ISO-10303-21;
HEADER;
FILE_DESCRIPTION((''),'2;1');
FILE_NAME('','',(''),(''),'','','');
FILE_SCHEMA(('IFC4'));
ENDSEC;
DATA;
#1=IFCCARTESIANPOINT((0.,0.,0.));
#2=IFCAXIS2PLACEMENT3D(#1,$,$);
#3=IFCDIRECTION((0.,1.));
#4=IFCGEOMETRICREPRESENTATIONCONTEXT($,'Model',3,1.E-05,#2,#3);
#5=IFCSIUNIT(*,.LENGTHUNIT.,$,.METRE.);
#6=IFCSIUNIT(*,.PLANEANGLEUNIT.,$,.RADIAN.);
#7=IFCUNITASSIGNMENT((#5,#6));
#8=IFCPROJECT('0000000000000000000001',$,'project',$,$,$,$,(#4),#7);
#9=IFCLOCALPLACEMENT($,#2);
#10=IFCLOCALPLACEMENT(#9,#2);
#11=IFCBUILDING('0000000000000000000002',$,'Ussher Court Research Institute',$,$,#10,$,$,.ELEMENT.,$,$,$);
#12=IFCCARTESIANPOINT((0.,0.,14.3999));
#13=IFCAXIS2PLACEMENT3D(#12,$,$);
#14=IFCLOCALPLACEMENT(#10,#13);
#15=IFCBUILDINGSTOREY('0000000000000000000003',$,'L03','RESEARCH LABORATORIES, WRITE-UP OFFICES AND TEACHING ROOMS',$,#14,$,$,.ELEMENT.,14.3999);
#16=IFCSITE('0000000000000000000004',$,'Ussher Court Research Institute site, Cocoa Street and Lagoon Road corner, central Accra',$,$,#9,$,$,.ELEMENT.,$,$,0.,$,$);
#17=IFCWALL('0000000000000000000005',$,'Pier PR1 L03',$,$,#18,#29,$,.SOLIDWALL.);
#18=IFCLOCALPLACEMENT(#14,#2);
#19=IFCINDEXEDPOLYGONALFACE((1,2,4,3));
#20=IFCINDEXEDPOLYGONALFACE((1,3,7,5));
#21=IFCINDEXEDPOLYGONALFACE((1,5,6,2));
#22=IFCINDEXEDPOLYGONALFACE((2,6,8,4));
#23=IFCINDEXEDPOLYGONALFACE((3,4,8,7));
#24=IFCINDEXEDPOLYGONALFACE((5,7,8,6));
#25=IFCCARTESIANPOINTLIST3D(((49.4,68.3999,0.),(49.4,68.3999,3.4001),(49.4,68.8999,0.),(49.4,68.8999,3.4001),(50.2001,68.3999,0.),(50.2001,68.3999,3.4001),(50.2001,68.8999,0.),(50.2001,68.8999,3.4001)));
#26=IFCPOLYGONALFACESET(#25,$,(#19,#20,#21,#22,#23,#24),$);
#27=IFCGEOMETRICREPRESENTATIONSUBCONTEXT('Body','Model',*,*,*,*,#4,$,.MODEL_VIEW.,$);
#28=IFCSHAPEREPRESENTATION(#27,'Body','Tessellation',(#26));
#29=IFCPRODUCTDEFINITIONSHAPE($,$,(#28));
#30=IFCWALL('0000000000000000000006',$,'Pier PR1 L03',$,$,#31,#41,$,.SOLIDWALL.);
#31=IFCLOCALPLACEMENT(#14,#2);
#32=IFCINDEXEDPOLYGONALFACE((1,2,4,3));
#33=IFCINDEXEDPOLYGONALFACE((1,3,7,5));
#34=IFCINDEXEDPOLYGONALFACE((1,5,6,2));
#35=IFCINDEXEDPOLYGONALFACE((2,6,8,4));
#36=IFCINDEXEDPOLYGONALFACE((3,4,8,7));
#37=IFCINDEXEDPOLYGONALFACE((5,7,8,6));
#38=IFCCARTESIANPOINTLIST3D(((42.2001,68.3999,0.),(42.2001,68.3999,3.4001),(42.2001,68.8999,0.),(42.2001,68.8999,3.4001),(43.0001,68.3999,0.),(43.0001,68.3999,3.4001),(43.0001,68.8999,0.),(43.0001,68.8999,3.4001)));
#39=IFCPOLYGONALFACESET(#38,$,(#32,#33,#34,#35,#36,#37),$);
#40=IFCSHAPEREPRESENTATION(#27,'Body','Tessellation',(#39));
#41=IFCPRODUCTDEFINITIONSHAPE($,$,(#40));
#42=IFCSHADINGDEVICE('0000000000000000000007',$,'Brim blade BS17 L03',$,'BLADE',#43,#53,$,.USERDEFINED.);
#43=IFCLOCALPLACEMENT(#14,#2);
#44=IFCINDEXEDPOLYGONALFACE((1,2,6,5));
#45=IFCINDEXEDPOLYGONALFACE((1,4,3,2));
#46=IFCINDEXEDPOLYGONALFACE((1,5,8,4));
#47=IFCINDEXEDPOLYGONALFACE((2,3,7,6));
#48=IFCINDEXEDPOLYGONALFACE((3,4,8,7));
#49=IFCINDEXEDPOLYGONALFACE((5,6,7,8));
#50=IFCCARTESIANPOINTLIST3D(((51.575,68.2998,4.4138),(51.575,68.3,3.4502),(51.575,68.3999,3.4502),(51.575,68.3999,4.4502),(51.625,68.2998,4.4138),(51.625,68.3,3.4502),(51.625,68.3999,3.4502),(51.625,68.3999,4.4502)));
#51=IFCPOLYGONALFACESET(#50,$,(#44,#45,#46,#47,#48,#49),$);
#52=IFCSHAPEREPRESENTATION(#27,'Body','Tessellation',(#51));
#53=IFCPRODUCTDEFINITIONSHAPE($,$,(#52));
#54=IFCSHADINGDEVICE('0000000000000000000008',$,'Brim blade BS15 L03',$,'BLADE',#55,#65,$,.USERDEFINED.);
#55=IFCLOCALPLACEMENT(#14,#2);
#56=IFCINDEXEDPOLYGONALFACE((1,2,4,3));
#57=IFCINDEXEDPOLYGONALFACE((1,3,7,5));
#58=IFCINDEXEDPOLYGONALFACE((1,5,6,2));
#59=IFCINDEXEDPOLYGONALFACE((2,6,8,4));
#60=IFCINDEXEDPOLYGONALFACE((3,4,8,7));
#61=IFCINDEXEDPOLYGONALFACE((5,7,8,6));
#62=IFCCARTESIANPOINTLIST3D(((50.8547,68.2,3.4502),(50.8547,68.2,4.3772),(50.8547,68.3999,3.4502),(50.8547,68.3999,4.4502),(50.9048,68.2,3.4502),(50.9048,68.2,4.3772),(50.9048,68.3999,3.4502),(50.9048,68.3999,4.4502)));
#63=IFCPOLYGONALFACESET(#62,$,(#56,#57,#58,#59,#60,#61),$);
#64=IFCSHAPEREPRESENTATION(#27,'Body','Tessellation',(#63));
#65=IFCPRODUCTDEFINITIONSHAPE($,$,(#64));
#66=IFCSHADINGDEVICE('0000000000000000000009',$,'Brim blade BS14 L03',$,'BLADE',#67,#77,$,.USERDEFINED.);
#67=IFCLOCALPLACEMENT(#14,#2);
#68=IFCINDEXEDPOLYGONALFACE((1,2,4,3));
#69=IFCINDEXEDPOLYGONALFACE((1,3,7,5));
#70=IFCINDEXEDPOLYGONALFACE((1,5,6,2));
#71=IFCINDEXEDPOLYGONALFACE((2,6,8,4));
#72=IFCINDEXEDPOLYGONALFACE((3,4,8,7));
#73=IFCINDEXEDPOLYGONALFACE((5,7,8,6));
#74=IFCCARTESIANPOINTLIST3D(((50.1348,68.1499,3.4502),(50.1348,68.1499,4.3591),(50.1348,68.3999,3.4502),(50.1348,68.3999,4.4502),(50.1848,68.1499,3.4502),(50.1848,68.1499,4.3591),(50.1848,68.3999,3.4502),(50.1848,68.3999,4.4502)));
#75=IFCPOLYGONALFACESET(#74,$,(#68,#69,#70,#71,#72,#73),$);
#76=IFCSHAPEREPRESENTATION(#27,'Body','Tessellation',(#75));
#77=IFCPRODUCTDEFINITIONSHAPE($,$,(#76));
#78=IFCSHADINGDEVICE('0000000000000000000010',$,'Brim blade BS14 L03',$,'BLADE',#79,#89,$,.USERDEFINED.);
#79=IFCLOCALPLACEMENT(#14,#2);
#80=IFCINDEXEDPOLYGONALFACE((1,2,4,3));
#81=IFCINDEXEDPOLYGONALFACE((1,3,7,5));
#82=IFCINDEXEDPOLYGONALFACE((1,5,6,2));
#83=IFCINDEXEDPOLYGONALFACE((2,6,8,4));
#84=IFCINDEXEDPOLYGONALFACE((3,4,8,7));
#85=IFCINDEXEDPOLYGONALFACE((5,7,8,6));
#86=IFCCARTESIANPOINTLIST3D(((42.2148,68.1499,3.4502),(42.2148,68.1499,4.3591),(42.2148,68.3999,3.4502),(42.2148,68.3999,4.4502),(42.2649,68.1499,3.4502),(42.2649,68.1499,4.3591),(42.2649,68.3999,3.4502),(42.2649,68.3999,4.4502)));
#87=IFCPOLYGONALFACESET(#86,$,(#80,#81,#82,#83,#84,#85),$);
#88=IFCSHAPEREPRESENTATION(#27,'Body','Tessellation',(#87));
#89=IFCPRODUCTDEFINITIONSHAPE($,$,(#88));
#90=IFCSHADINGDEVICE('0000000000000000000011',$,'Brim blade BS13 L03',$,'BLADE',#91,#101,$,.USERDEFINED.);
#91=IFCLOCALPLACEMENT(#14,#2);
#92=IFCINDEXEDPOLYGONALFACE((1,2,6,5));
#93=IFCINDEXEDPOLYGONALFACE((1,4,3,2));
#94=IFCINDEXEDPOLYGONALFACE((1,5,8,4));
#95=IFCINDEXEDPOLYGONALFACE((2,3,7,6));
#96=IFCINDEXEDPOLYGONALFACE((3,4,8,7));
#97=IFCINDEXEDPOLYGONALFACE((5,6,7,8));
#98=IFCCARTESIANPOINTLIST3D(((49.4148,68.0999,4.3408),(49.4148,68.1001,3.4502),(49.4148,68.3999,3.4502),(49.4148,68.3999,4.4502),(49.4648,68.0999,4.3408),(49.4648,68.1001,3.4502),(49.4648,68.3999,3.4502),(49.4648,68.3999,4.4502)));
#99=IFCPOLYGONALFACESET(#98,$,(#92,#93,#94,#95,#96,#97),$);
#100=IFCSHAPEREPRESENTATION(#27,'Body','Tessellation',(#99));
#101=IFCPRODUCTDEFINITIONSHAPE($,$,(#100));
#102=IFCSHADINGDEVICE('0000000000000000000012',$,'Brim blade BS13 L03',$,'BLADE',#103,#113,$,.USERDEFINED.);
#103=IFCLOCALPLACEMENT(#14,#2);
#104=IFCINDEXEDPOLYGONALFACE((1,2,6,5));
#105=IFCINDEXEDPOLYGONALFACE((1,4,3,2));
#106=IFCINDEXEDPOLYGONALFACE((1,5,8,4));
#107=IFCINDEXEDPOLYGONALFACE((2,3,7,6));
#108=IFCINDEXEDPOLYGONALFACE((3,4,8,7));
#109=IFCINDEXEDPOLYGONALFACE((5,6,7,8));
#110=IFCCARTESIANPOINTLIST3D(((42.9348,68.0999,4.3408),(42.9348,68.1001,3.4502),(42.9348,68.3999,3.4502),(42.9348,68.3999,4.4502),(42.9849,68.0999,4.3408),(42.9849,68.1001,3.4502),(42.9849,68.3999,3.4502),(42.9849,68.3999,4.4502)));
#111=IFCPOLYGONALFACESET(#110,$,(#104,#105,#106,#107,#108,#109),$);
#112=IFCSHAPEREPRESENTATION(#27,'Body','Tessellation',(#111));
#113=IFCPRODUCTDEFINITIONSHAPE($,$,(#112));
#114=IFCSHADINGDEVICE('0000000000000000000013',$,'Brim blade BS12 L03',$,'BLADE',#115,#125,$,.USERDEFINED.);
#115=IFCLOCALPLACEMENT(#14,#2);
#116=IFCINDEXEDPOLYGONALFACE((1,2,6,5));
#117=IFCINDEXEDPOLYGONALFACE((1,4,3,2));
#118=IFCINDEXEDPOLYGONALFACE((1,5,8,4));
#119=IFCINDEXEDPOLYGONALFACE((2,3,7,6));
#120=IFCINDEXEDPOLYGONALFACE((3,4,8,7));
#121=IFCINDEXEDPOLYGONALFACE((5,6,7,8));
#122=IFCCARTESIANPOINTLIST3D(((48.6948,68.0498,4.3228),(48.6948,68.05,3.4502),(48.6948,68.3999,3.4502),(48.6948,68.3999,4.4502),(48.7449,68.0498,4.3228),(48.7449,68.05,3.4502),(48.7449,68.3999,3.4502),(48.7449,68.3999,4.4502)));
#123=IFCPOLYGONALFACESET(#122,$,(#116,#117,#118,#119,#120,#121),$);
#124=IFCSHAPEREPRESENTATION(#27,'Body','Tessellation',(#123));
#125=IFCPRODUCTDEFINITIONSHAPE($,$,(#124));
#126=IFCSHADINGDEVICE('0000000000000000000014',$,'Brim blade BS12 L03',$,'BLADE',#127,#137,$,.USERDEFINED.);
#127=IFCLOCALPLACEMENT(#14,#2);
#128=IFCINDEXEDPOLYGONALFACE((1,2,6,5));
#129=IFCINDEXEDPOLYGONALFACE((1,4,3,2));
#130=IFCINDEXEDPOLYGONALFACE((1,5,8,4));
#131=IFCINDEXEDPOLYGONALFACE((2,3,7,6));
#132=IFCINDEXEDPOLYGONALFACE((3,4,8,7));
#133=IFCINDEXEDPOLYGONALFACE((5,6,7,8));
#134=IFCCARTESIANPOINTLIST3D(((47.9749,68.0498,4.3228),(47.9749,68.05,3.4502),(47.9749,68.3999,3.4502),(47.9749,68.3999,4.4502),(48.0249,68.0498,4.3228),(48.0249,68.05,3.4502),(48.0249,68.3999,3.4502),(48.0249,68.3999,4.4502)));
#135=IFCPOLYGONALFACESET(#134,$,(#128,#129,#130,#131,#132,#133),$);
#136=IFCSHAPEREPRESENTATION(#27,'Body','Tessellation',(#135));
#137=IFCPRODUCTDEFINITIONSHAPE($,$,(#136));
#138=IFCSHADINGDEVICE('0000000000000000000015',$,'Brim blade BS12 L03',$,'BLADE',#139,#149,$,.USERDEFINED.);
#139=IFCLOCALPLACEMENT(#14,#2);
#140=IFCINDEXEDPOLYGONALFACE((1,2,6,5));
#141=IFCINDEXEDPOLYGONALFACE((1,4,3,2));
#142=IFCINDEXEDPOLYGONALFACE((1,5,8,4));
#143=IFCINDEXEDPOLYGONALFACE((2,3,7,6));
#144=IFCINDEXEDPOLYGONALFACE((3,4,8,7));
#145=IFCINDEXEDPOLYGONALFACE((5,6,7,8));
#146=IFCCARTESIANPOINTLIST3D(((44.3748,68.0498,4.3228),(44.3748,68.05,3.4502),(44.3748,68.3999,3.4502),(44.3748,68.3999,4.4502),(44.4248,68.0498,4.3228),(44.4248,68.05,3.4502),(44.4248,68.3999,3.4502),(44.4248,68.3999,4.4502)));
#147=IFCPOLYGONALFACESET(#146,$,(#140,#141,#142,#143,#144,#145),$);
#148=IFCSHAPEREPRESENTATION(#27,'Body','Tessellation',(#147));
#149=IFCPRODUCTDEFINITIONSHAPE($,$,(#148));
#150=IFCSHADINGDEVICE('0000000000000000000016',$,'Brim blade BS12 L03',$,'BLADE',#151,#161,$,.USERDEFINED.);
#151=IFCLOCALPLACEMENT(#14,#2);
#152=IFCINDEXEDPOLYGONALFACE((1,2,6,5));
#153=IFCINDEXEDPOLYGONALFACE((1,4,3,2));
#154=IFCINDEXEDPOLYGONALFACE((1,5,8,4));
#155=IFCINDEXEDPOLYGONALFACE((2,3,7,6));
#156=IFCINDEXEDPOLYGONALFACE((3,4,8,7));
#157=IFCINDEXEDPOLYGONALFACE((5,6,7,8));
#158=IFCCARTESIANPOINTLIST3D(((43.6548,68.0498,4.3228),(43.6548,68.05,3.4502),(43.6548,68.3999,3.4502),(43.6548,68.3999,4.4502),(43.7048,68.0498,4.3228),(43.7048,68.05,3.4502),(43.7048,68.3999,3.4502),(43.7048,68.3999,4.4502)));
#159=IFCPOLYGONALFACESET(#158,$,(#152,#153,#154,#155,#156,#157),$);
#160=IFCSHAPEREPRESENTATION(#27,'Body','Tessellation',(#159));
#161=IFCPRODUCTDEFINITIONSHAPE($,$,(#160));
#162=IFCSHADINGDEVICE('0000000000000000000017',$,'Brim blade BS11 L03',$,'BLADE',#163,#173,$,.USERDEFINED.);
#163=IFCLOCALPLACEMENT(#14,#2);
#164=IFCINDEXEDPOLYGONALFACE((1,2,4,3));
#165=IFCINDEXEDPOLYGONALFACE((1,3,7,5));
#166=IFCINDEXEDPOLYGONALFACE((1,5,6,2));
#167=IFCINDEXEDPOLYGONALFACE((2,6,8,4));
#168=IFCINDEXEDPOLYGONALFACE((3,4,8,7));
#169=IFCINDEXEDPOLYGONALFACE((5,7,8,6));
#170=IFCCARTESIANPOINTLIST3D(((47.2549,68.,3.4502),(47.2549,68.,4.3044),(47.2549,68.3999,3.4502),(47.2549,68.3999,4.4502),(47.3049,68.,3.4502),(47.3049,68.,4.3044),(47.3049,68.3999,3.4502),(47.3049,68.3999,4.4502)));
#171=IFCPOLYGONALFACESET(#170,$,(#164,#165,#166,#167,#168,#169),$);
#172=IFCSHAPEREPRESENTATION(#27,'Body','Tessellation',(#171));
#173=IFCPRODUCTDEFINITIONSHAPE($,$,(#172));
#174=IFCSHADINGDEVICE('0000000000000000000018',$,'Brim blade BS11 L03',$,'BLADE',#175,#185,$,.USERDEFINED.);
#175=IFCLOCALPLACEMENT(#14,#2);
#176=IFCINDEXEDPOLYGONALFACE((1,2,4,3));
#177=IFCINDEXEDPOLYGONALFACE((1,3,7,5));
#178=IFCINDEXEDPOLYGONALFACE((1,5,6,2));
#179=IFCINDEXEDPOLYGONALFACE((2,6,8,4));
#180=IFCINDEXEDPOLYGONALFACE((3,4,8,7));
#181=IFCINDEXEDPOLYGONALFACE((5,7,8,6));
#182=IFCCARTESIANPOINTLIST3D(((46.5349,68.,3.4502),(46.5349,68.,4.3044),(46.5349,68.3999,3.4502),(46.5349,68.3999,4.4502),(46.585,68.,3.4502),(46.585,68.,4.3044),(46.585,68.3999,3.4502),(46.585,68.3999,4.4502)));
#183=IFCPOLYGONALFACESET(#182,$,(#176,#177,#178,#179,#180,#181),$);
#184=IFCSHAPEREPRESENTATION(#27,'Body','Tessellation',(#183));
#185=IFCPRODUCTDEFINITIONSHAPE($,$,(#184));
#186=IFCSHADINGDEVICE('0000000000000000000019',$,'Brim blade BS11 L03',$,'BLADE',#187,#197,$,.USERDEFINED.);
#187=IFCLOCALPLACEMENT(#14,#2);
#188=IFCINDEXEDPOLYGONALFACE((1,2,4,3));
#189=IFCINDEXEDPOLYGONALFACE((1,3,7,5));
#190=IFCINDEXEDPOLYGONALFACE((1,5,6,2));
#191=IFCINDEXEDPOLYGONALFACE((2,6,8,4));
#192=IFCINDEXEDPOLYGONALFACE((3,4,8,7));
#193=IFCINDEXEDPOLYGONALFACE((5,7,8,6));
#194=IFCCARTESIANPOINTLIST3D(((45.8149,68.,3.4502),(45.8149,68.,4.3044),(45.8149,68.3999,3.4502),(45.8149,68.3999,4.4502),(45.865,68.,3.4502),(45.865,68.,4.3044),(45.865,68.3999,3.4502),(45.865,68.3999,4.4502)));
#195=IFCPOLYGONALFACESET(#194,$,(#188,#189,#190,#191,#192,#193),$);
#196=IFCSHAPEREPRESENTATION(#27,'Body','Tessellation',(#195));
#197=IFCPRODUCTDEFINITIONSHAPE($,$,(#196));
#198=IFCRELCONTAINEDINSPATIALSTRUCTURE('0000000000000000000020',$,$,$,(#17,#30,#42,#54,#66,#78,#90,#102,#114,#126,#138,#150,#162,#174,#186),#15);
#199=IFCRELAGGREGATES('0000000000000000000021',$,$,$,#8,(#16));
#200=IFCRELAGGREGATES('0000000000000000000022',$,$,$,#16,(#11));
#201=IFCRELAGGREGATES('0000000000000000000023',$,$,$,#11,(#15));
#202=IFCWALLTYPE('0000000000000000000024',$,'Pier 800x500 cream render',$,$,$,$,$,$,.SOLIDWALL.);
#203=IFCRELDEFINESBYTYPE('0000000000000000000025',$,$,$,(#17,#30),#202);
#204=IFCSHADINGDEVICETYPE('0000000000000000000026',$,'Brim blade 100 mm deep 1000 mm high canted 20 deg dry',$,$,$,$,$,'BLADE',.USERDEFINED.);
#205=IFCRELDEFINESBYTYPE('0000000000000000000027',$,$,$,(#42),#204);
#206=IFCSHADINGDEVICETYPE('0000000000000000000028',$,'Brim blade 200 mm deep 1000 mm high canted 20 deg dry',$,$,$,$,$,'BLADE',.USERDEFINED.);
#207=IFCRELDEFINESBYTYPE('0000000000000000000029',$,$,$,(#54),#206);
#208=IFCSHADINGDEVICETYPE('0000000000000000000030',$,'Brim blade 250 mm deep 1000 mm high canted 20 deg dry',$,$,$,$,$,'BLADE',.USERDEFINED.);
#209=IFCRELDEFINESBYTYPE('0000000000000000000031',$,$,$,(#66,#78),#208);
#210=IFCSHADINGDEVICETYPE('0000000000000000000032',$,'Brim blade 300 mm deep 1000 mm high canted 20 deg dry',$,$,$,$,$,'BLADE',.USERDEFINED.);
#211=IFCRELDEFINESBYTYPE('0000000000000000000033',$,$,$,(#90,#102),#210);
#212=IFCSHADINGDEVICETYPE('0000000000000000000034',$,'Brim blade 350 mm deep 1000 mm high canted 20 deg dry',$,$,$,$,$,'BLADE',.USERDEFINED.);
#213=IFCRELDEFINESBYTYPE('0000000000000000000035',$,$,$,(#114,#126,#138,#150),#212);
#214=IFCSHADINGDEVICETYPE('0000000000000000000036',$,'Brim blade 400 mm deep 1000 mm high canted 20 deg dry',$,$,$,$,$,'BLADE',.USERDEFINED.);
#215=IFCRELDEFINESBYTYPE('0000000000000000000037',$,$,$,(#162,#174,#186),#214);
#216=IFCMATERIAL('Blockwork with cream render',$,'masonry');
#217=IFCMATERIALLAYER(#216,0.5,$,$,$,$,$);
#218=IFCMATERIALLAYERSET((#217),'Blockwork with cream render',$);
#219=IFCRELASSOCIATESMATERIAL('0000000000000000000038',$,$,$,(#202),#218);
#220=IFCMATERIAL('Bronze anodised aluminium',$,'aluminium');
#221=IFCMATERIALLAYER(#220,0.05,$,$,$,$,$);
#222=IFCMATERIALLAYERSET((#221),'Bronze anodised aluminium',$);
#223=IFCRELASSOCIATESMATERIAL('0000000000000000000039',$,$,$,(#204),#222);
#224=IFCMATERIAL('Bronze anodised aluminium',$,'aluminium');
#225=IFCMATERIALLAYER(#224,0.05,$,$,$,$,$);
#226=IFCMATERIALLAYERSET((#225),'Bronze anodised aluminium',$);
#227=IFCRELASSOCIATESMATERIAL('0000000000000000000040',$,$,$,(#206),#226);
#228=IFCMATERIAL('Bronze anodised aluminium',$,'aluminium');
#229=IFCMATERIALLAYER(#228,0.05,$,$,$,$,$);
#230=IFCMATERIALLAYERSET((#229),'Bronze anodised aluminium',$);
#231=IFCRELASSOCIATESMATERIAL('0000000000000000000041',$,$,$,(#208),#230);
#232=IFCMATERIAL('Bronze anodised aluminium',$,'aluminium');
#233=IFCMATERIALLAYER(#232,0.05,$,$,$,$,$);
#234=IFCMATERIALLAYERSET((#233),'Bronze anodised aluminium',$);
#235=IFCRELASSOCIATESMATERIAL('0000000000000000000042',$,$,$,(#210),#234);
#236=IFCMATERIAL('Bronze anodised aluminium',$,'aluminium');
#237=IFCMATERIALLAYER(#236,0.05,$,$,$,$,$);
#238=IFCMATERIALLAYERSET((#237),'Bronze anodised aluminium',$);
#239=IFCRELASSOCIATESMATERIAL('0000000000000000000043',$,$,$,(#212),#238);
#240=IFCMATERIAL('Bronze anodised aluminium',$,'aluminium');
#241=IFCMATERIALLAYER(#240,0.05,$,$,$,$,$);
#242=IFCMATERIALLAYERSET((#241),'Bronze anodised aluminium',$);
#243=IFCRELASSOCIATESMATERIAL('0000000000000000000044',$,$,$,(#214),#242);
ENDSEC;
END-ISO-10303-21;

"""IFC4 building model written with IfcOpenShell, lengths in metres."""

from ifc_helpers import new_model, si_unit, direction, frame, frame_2d, origin, place, context, subcontext, project, spatial, polyline, rectangle, outline, extrude, material, layer, layer_set, type_object, element, save


model = new_model("IFC4")

# Units and contexts
model_context = context("Model", 3, precision=1e-05, world=origin(), true_north=direction((0.0, 1.0)))
body_context = subcontext(model_context, "Body", "Model", "MODEL_VIEW")
ifc_project = project(units=[si_unit("LENGTHUNIT", "METRE"), si_unit("PLANEANGLEUNIT", "RADIAN")], contexts=[model_context])

# Site, building, storey
site_placement = place(None, origin())
site = spatial("IfcSite", under=ifc_project, at=site_placement, Name="Ussher Court Research Institute site, Cocoa Street and Lagoon Road corner, central Accra", CompositionType="ELEMENT", RefElevation=0.0)
building_placement = place(site_placement, origin())
building = spatial("IfcBuilding", under=site, at=building_placement, Name="Ussher Court Research Institute", CompositionType="ELEMENT")
storey_placement = place(building_placement, frame((0.0, 0.0, 14.3999)))
storey = spatial("IfcBuildingStorey", under=building, at=storey_placement, Name="L03", Description="RESEARCH LABORATORIES, WRITE-UP OFFICES AND TEACHING ROOMS", CompositionType="ELEMENT", Elevation=14.3999)

# Walls
ifc_material_1 = material(Name="Blockwork with cream render", Category="masonry")
ifc_layer_1 = layer(ifc_material_1, 0.5)
ifc_layer_set_1 = layer_set([ifc_layer_1], Name="Blockwork with cream render")
wall_type_1 = type_object("IfcWallType", Name="Pier 800x500 cream render", PredefinedType="SOLIDWALL", material=ifc_layer_set_1)
for number, where, z_axis, x_axis, name in (
    (1, (50.2, 68.6499, 0.0), (0.0, 0.0, 1.0), (-1.0, 0.0, 0.0), "Pier PR1 L03"),
    (2, (43.0, 68.6499, 0.0), (0.0, 0.0, 1.0), (-1.0, 0.0, 0.0), "Pier PR1 L03"),
):
    element("IfcWall", number, at=place(storey_placement, frame(where, z_axis=z_axis, x_axis=x_axis)), inside=storey, type_object=wall_type_1, Name=name, PredefinedType="SOLIDWALL", context=body_context, shape_type="SweptSolid", body=[
        extrude(rectangle(XDim=0.8, YDim=0.5, at=frame_2d((0.3999, 0.0))), origin(), (0.0, 0.0, 1.0), 3.4001),
    ])

# Shading devices
ifc_material_2 = material(Name="Bronze anodised aluminium", Category="aluminium")
ifc_layer_2 = layer(ifc_material_2, 0.05)
ifc_layer_set_2 = layer_set([ifc_layer_2], Name="Bronze anodised aluminium")
shading_device_type_1 = type_object("IfcShadingDeviceType", Name="Brim blade 100 mm deep 1000 mm high canted 20 deg dry", ElementType="BLADE", PredefinedType="USERDEFINED", material=ifc_layer_set_2)
shading_device_1_placement = place(storey_placement, frame((51.6001, 68.3999, 3.4502), z_axis=(0.0, 0.0, 1.0), x_axis=(0.0, -1.0, 0.0)))
element("IfcShadingDevice", 3, at=shading_device_1_placement, inside=storey, type_object=shading_device_type_1, Name="Brim blade BS17 L03", ObjectType="BLADE", PredefinedType="USERDEFINED", context=body_context, shape_type="SweptSolid", body=[
    extrude(outline(polyline([(0.0, 0.0), (0.0999, 0.0), (0.1001, 0.9636), (0.0, 1.0), (0.0, 0.0)])), frame((0.0, 0.0249, 0.0), z_axis=(0.0, -1.0, 0.0), x_axis=(1.0, 0.0, 0.0)), (0.0, 0.0, 1.0), 0.05),
])
ifc_material_3 = material(Name="Bronze anodised aluminium", Category="aluminium")
ifc_layer_3 = layer(ifc_material_3, 0.05)
ifc_layer_set_3 = layer_set([ifc_layer_3], Name="Bronze anodised aluminium")
shading_device_type_2 = type_object("IfcShadingDeviceType", Name="Brim blade 200 mm deep 1000 mm high canted 20 deg dry", ElementType="BLADE", PredefinedType="USERDEFINED", material=ifc_layer_set_3)
shading_device_2_placement = place(storey_placement, frame((50.8799, 68.3999, 3.4502), z_axis=(0.0, 0.0, 1.0), x_axis=(0.0, -1.0, 0.0)))
element("IfcShadingDevice", 4, at=shading_device_2_placement, inside=storey, type_object=shading_device_type_2, Name="Brim blade BS15 L03", ObjectType="BLADE", PredefinedType="USERDEFINED", context=body_context, shape_type="SweptSolid", body=[
    extrude(outline(polyline([(0.0, 0.0), (0.2, 0.0), (0.2, 0.927), (0.0, 1.0), (0.0, 0.0)])), frame((0.0, 0.0249, 0.0), z_axis=(0.0, -1.0, 0.0), x_axis=(1.0, 0.0, 0.0)), (0.0, 0.0, 1.0), 0.05),
])
ifc_material_4 = material(Name="Bronze anodised aluminium", Category="aluminium")
ifc_layer_4 = layer(ifc_material_4, 0.05)
ifc_layer_set_4 = layer_set([ifc_layer_4], Name="Bronze anodised aluminium")
shading_device_type_3 = type_object("IfcShadingDeviceType", Name="Brim blade 250 mm deep 1000 mm high canted 20 deg dry", ElementType="BLADE", PredefinedType="USERDEFINED", material=ifc_layer_set_4)
for number, where, z_axis, x_axis, name in (
    (5, (50.1599, 68.3999, 3.4502), (0.0, 0.0, 1.0), (0.0, -1.0, 0.0), "Brim blade BS14 L03"),
    (6, (42.24, 68.3999, 3.4502), (0.0, 0.0, 1.0), (0.0, -1.0, 0.0), "Brim blade BS14 L03"),
):
    element("IfcShadingDevice", number, at=place(storey_placement, frame(where, z_axis=z_axis, x_axis=x_axis)), inside=storey, type_object=shading_device_type_3, Name=name, ObjectType="BLADE", PredefinedType="USERDEFINED", context=body_context, shape_type="SweptSolid", body=[
        extrude(outline(polyline([(0.0, 0.0), (0.25, 0.0), (0.25, 0.9089), (0.0, 1.0), (0.0, 0.0)])), frame((0.0, 0.0249, 0.0), z_axis=(0.0, -1.0, 0.0), x_axis=(1.0, 0.0, 0.0)), (0.0, 0.0, 1.0), 0.05),
    ])
ifc_material_5 = material(Name="Bronze anodised aluminium", Category="aluminium")
ifc_layer_5 = layer(ifc_material_5, 0.05)
ifc_layer_set_5 = layer_set([ifc_layer_5], Name="Bronze anodised aluminium")
shading_device_type_4 = type_object("IfcShadingDeviceType", Name="Brim blade 300 mm deep 1000 mm high canted 20 deg dry", ElementType="BLADE", PredefinedType="USERDEFINED", material=ifc_layer_set_5)
for number, where, z_axis, x_axis, name in (
    (7, (49.4399, 68.3999, 3.4502), (0.0, 0.0, 1.0), (0.0, -1.0, 0.0), "Brim blade BS13 L03"),
    (8, (42.96, 68.3999, 3.4502), (0.0, 0.0, 1.0), (0.0, -1.0, 0.0), "Brim blade BS13 L03"),
):
    element("IfcShadingDevice", number, at=place(storey_placement, frame(where, z_axis=z_axis, x_axis=x_axis)), inside=storey, type_object=shading_device_type_4, Name=name, ObjectType="BLADE", PredefinedType="USERDEFINED", context=body_context, shape_type="SweptSolid", body=[
        extrude(outline(polyline([(0.0, 0.0), (0.2998, 0.0), (0.3, 0.8906), (0.0, 1.0), (0.0, 0.0)])), frame((0.0, 0.0249, 0.0), z_axis=(0.0, -1.0, 0.0), x_axis=(1.0, 0.0, 0.0)), (0.0, 0.0, 1.0), 0.05),
    ])
ifc_material_6 = material(Name="Bronze anodised aluminium", Category="aluminium")
ifc_layer_6 = layer(ifc_material_6, 0.05)
ifc_layer_set_6 = layer_set([ifc_layer_6], Name="Bronze anodised aluminium")
shading_device_type_5 = type_object("IfcShadingDeviceType", Name="Brim blade 350 mm deep 1000 mm high canted 20 deg dry", ElementType="BLADE", PredefinedType="USERDEFINED", material=ifc_layer_set_6)
for number, where, z_axis, x_axis, name in (
    (9, (48.72, 68.3999, 3.4502), (0.0, 0.0, 1.0), (0.0, -1.0, 0.0), "Brim blade BS12 L03"),
    (10, (48.0, 68.3999, 3.4502), (0.0, 0.0, 1.0), (0.0, -1.0, 0.0), "Brim blade BS12 L03"),
    (11, (44.3999, 68.3999, 3.4502), (0.0, 0.0, 1.0), (0.0, -1.0, 0.0), "Brim blade BS12 L03"),
    (12, (43.6799, 68.3999, 3.4502), (0.0, 0.0, 1.0), (0.0, -1.0, 0.0), "Brim blade BS12 L03"),
):
    element("IfcShadingDevice", number, at=place(storey_placement, frame(where, z_axis=z_axis, x_axis=x_axis)), inside=storey, type_object=shading_device_type_5, Name=name, ObjectType="BLADE", PredefinedType="USERDEFINED", context=body_context, shape_type="SweptSolid", body=[
        extrude(outline(polyline([(0.0, 0.0), (0.3499, 0.0), (0.3501, 0.8726), (0.0, 1.0), (0.0, 0.0)])), frame((0.0, 0.0249, 0.0), z_axis=(0.0, -1.0, 0.0), x_axis=(1.0, 0.0, 0.0)), (0.0, 0.0, 1.0), 0.05),
    ])
ifc_material_7 = material(Name="Bronze anodised aluminium", Category="aluminium")
ifc_layer_7 = layer(ifc_material_7, 0.05)
ifc_layer_set_7 = layer_set([ifc_layer_7], Name="Bronze anodised aluminium")
shading_device_type_6 = type_object("IfcShadingDeviceType", Name="Brim blade 400 mm deep 1000 mm high canted 20 deg dry", ElementType="BLADE", PredefinedType="USERDEFINED", material=ifc_layer_set_7)
for number, where, z_axis, x_axis, name in (
    (13, (47.28, 68.3999, 3.4502), (0.0, 0.0, 1.0), (0.0, -1.0, 0.0), "Brim blade BS11 L03"),
    (14, (46.5601, 68.3999, 3.4502), (0.0, 0.0, 1.0), (0.0, -1.0, 0.0), "Brim blade BS11 L03"),
    (15, (45.8401, 68.3999, 3.4502), (0.0, 0.0, 1.0), (0.0, -1.0, 0.0), "Brim blade BS11 L03"),
):
    element("IfcShadingDevice", number, at=place(storey_placement, frame(where, z_axis=z_axis, x_axis=x_axis)), inside=storey, type_object=shading_device_type_6, Name=name, ObjectType="BLADE", PredefinedType="USERDEFINED", context=body_context, shape_type="SweptSolid", body=[
        extrude(outline(polyline([(0.0, 0.0), (0.3999, 0.0), (0.3999, 0.8542), (0.0, 1.0), (0.0, 0.0)])), frame((0.0, 0.0249, 0.0), z_axis=(0.0, -1.0, 0.0), x_axis=(1.0, 0.0, 0.0)), (0.0, 0.0, 1.0), 0.05),
    ])

save(model, "model.ifc")
